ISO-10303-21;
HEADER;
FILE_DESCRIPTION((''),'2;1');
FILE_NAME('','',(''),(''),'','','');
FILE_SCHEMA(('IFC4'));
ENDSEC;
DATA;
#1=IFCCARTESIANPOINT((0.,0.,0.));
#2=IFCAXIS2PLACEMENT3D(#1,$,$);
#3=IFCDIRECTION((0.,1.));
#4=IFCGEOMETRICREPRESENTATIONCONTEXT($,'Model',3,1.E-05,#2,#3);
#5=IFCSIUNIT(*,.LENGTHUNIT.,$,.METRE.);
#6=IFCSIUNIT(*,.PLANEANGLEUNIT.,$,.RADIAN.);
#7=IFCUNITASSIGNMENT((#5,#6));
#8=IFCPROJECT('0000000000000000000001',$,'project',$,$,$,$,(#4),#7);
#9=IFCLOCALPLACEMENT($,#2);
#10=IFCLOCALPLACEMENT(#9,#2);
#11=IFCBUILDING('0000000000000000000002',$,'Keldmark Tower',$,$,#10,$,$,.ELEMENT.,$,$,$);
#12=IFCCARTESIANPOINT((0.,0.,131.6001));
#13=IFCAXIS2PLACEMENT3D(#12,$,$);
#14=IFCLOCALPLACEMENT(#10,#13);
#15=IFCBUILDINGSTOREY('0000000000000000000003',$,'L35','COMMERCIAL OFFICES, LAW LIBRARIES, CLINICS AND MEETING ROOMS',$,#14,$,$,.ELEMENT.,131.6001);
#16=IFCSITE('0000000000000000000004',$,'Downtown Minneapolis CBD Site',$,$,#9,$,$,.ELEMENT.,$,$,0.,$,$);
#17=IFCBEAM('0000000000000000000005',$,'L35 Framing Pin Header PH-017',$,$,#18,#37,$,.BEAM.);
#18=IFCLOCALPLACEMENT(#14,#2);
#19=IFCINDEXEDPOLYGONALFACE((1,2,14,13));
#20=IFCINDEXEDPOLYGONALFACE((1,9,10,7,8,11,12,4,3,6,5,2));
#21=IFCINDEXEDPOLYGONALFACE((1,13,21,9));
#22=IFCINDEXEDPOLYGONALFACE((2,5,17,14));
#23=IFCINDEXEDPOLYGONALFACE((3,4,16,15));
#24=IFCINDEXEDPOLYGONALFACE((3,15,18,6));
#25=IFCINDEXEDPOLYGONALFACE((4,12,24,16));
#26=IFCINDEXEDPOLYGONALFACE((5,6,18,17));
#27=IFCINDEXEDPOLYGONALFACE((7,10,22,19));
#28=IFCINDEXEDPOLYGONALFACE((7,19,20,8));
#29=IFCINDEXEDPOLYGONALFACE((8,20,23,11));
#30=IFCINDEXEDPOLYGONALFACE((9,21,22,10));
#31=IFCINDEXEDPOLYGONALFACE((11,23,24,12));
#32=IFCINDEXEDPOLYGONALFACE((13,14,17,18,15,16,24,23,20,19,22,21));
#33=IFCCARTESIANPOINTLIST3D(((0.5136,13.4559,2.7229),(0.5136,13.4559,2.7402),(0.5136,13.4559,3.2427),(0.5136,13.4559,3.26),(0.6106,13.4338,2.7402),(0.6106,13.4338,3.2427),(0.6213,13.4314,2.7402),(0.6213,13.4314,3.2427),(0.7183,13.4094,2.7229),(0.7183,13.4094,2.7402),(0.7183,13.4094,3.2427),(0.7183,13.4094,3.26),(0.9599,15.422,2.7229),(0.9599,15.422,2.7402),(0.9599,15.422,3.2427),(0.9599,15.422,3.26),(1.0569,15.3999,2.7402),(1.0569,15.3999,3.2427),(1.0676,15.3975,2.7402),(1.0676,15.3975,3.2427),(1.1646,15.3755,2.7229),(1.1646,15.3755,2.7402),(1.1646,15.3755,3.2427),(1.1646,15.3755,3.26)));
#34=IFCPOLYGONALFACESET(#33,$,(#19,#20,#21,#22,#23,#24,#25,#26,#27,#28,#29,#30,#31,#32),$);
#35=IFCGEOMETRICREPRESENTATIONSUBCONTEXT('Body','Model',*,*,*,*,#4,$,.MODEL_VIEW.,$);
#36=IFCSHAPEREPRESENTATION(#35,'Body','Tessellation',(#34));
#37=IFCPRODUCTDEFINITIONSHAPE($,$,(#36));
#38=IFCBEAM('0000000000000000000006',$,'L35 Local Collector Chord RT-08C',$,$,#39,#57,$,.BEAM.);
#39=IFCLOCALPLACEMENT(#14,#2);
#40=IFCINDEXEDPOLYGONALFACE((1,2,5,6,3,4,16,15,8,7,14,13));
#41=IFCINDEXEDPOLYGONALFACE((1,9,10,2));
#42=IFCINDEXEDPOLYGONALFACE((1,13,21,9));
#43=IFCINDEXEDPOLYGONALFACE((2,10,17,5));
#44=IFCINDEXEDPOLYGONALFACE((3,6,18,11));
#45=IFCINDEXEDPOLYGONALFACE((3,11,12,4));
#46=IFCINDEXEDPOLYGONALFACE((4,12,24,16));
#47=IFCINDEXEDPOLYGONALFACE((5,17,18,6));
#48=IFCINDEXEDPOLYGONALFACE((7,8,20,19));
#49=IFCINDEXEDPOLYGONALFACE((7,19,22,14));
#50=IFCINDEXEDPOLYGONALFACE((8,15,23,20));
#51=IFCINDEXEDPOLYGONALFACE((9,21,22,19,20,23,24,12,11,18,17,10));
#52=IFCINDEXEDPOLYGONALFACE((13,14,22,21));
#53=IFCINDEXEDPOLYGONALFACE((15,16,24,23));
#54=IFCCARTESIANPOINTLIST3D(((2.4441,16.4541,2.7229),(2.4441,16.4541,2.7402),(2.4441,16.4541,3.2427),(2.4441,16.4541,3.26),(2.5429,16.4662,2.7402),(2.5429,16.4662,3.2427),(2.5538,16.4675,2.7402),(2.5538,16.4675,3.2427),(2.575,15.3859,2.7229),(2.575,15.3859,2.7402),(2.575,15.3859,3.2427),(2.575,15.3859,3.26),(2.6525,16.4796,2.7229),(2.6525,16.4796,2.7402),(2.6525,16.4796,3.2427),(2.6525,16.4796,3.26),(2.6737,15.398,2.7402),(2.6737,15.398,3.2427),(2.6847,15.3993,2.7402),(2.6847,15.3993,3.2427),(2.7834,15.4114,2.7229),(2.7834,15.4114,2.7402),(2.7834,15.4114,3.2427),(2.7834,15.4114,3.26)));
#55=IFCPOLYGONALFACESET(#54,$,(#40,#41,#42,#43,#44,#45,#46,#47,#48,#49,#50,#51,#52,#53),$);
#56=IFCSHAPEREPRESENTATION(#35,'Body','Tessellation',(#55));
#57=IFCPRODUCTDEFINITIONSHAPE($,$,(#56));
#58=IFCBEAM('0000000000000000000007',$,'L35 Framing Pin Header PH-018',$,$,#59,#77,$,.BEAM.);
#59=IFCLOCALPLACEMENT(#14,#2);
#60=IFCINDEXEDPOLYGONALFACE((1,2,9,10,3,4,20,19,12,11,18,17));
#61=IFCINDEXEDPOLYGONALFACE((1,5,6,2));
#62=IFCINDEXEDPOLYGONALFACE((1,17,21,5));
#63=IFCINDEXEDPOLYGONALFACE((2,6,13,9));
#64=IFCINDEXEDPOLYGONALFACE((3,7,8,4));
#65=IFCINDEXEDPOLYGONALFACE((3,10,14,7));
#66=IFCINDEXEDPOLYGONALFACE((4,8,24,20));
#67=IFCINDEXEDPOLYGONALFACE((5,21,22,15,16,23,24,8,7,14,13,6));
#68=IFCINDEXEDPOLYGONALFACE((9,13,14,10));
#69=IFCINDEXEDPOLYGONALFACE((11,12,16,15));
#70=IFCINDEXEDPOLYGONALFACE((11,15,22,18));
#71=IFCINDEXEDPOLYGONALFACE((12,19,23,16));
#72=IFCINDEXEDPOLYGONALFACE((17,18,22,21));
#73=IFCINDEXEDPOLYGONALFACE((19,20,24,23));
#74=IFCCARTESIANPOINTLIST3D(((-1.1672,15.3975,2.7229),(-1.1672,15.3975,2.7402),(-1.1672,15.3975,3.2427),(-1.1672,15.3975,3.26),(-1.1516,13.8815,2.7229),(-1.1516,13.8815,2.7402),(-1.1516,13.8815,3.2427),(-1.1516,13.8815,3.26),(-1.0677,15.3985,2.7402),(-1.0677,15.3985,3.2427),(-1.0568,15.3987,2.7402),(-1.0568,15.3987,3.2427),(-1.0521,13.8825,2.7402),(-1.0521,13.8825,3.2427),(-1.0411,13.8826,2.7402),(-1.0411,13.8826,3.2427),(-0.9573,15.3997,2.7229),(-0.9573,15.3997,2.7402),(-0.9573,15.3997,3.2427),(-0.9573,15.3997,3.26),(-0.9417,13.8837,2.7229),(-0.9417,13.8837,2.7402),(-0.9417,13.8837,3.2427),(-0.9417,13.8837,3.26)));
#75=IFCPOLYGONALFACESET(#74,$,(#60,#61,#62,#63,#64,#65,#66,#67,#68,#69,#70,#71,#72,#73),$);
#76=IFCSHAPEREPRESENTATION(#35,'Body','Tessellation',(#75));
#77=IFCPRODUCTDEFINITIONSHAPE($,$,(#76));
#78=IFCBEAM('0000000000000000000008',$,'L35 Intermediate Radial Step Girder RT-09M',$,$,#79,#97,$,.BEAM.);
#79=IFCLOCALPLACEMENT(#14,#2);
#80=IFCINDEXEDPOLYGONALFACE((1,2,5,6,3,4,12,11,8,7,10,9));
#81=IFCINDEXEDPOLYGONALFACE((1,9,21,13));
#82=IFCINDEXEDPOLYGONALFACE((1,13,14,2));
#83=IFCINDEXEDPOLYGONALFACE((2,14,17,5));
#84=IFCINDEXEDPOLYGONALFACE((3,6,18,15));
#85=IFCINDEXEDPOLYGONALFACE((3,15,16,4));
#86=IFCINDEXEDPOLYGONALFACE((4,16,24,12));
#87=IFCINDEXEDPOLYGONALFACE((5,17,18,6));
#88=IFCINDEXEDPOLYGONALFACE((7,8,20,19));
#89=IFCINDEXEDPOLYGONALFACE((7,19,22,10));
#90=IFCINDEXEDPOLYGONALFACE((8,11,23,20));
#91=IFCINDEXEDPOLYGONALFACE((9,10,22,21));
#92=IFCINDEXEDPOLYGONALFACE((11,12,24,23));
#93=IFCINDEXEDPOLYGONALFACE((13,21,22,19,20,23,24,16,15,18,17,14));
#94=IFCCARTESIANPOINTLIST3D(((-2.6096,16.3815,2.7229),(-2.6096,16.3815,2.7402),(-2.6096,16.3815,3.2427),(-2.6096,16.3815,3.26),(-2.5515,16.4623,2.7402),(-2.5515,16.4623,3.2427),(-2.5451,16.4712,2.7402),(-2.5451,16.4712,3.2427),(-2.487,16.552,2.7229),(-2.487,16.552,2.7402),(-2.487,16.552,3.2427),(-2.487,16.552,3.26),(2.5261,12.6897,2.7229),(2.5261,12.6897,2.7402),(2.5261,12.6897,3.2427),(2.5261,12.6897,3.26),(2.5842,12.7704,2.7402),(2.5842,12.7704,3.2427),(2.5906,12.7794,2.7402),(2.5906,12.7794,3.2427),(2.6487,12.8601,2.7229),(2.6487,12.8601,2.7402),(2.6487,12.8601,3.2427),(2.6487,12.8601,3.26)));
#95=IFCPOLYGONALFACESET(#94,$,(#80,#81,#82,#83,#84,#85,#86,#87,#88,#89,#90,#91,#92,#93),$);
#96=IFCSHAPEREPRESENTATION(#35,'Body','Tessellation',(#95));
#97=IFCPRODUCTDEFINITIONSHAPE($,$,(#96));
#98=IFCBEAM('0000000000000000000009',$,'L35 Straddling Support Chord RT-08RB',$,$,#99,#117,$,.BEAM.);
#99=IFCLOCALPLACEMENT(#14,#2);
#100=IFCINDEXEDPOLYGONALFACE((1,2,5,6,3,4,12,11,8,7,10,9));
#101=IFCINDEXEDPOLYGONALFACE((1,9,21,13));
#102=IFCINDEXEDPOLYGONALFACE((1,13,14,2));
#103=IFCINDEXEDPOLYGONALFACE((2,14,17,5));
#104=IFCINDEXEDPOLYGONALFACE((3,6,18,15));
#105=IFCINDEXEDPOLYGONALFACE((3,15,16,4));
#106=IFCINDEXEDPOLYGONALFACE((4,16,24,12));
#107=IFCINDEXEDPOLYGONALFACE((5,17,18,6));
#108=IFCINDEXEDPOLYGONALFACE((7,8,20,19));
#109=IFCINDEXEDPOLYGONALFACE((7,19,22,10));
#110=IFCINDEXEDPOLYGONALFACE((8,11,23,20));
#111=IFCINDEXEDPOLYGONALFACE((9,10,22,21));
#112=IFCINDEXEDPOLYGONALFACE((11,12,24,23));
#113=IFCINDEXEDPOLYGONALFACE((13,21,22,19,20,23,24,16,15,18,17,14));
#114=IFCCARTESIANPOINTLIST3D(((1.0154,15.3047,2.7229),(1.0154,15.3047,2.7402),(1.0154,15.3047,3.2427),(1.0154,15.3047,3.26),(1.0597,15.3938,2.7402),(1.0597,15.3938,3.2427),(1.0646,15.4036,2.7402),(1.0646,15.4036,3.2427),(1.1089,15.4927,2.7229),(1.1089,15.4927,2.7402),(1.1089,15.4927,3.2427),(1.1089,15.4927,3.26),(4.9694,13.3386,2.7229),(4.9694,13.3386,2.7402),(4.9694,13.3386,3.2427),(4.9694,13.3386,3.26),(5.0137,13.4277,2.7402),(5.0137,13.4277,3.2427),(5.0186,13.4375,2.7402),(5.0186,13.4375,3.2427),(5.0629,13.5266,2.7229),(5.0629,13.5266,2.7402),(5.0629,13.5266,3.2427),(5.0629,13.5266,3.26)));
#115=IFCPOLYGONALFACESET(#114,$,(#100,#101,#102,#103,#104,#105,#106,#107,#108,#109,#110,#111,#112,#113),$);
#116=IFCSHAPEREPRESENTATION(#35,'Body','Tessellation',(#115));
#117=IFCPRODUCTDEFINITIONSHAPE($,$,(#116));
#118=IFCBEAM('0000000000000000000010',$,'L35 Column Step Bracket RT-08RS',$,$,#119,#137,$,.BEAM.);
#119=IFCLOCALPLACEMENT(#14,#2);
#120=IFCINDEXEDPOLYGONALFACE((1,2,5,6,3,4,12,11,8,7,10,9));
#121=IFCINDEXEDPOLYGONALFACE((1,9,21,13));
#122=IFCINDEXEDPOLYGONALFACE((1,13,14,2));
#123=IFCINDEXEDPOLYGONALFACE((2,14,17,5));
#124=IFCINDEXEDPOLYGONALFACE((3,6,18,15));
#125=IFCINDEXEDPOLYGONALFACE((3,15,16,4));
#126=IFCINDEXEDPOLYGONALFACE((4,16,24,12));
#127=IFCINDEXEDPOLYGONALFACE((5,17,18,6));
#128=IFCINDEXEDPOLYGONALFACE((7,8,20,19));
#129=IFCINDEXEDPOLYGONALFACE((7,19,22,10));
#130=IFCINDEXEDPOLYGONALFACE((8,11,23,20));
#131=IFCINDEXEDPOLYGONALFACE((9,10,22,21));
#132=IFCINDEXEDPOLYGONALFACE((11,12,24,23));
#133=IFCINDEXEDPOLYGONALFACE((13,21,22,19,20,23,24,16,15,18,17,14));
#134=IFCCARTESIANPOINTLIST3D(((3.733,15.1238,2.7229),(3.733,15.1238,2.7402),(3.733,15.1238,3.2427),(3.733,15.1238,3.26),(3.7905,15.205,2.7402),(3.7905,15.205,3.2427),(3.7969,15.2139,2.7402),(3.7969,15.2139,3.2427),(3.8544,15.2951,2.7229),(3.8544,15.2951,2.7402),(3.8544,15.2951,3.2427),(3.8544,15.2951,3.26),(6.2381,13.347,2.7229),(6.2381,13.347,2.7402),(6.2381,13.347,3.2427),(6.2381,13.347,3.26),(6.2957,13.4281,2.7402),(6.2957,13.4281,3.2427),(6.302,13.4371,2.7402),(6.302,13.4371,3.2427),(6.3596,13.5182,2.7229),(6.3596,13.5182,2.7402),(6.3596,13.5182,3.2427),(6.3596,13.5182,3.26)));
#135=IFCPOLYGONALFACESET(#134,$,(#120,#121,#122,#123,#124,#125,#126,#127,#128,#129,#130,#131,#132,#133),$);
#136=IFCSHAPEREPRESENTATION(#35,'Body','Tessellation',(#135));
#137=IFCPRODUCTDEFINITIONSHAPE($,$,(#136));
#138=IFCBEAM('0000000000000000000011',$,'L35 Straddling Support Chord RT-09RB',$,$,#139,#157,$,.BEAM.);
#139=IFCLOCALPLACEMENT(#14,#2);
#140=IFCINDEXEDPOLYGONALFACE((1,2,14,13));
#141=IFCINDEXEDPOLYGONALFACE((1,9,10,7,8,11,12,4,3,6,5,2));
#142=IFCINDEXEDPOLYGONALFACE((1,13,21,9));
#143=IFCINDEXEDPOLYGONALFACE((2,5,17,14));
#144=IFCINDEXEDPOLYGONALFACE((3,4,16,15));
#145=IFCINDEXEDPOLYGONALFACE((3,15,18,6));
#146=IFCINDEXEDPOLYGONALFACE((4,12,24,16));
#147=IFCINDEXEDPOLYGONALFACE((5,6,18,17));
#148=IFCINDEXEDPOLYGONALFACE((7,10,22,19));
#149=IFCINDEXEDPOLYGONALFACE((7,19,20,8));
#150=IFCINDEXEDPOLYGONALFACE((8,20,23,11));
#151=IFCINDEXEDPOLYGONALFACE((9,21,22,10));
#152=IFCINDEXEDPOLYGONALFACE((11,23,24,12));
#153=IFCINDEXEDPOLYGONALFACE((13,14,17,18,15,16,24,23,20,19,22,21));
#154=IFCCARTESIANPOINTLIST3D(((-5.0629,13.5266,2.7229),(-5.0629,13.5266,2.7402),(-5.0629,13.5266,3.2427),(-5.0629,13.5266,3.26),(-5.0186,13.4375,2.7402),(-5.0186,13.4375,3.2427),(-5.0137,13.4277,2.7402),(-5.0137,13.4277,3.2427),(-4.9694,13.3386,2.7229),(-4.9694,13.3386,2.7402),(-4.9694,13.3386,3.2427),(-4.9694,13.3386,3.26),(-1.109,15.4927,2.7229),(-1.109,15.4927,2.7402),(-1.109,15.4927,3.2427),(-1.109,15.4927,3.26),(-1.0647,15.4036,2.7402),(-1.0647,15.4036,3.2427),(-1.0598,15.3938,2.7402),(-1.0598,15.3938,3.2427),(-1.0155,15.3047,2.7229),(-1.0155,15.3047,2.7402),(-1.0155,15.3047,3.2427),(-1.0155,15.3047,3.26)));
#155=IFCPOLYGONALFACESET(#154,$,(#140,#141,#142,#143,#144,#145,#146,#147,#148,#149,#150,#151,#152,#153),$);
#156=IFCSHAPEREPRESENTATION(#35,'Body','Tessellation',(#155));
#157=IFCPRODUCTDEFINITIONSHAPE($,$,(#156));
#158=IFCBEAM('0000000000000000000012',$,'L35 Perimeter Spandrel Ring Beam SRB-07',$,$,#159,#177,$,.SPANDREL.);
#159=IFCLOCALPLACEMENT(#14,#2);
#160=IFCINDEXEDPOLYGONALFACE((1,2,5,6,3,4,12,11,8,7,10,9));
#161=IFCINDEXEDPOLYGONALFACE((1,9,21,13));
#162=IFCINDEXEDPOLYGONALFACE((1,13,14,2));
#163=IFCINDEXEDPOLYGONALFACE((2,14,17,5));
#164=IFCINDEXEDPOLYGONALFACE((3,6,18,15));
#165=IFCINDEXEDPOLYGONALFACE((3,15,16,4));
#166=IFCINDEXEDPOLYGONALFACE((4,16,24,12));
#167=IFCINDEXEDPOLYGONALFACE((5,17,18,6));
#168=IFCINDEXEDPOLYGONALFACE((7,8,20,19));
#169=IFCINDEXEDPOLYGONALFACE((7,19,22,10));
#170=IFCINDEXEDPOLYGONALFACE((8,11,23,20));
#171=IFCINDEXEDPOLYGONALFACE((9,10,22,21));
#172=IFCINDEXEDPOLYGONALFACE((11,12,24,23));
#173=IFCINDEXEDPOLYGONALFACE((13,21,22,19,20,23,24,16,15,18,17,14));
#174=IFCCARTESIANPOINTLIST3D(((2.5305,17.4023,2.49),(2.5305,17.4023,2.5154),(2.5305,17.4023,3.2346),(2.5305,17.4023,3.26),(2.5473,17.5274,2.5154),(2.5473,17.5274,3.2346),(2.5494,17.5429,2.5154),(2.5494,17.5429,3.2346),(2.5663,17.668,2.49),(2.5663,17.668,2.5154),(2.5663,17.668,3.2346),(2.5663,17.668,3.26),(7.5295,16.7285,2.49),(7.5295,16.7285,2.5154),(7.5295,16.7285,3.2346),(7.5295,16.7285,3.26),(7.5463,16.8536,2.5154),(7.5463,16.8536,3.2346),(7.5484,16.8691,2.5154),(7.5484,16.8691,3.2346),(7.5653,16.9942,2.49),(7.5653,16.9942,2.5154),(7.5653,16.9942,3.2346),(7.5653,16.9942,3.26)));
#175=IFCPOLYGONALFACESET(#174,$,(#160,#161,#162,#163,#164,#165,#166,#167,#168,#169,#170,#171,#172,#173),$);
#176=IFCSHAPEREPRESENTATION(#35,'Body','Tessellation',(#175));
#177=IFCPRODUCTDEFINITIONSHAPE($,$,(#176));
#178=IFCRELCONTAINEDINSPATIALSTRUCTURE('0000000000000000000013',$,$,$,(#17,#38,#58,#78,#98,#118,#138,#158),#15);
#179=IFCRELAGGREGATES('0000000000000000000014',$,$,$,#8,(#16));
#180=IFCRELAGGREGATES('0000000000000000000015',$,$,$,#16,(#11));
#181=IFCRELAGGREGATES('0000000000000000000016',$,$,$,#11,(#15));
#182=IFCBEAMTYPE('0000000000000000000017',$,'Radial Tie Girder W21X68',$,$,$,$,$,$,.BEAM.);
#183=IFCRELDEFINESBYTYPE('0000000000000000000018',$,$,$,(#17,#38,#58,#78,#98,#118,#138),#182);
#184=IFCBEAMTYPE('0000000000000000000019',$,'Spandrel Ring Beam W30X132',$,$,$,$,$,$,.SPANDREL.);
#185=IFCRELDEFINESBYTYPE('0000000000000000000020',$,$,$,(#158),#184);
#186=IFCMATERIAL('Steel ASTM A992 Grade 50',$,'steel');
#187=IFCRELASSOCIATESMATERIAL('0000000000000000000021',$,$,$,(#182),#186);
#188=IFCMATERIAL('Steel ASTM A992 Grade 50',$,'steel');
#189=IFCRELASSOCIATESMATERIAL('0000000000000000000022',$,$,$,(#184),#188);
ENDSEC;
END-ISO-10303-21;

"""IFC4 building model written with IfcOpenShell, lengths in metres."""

from ifc_helpers import new_model, si_unit, direction, frame, origin, origin_2d, place, context, subcontext, project, spatial, i_section, extrude, material, material_profile, profile_set, type_object, element, save


model = new_model("IFC4")

# Units and contexts
model_context = context("Model", 3, precision=1e-05, world=origin(), true_north=direction((0.0, 1.0)))
body_context = subcontext(model_context, "Body", "Model", "MODEL_VIEW")
ifc_project = project(units=[si_unit("LENGTHUNIT", "METRE"), si_unit("PLANEANGLEUNIT", "RADIAN")], contexts=[model_context])

# Site, building, storey
site_placement = place(None, origin())
site = spatial("IfcSite", under=ifc_project, at=site_placement, Name="Downtown Minneapolis CBD Site", CompositionType="ELEMENT", RefElevation=0.0)
building_placement = place(site_placement, origin())
building = spatial("IfcBuilding", under=site, at=building_placement, Name="Keldmark Tower", CompositionType="ELEMENT")
storey_placement = place(building_placement, frame((0.0, 0.0, 131.6001)))
storey = spatial("IfcBuildingStorey", under=building, at=storey_placement, Name="L35", Description="COMMERCIAL OFFICES, LAW LIBRARIES, CLINICS AND MEETING ROOMS", CompositionType="ELEMENT", Elevation=131.6001)

# Beams
ifc_material_1 = material(Name="Steel ASTM A992 Grade 50", Category="steel")
ifc_material_profile_1 = material_profile(ifc_material_1, i_section(OverallWidth=0.21, OverallDepth=0.5371, WebThickness=0.011, FlangeThickness=0.0173, at=origin_2d()), Name="W21X68")
ifc_profile_set_1 = profile_set([ifc_material_profile_1], Name="Steel ASTM A992 Grade 50")
beam_type_1 = type_object("IfcBeamType", Name="Radial Tie Girder W21X68", PredefinedType="BEAM", material=ifc_profile_set_1)
beam_1_placement = place(storey_placement, frame((0.616, 13.4326, 2.9915), z_axis=(0.221365, 0.975191, 0.0), x_axis=(-0.975191, 0.221365, 0.0)))
element("IfcBeam", 1, at=beam_1_placement, inside=storey, type_object=beam_type_1, Name="L35 Framing Pin Header PH-017", PredefinedType="BEAM", context=body_context, shape_type="SweptSolid", body=[
    extrude(i_section(OverallWidth=0.21, OverallDepth=0.5371, WebThickness=0.011, FlangeThickness=0.0173, at=origin_2d()), origin(), (0.0, 0.0, 1.0), 2.0161),
])
beam_2_placement = place(storey_placement, frame((2.6792, 15.3987, 2.9915), z_axis=(-0.121605, 0.992579, 0.0), x_axis=(-0.992579, -0.121605, 0.0)))
element("IfcBeam", 2, at=beam_2_placement, inside=storey, type_object=beam_type_1, Name="L35 Local Collector Chord RT-08C", PredefinedType="BEAM", context=body_context, shape_type="SweptSolid", body=[
    extrude(i_section(OverallWidth=0.21, OverallDepth=0.5371, WebThickness=0.011, FlangeThickness=0.0173, at=origin_2d()), origin(), (0.0, 0.0, 1.0), 1.0762),
])
beam_3_placement = place(storey_placement, frame((-1.0466, 13.8826, 2.9915), z_axis=(-0.010305, 0.999947, 0.0), x_axis=(-0.999947, -0.010305, 0.0)))
element("IfcBeam", 3, at=beam_3_placement, inside=storey, type_object=beam_type_1, Name="L35 Framing Pin Header PH-018", PredefinedType="BEAM", context=body_context, shape_type="SweptSolid", body=[
    extrude(i_section(OverallWidth=0.21, OverallDepth=0.5371, WebThickness=0.011, FlangeThickness=0.0173, at=origin_2d()), origin(), (0.0, 0.0, 1.0), 1.5161),
])
beam_4_placement = place(storey_placement, frame((2.5874, 12.7749, 2.9915), z_axis=(-0.811972, 0.583696, 0.0), x_axis=(-0.583696, -0.811972, 0.0)))
element("IfcBeam", 4, at=beam_4_placement, inside=storey, type_object=beam_type_1, Name="L35 Intermediate Radial Step Girder RT-09M", PredefinedType="BEAM", context=body_context, shape_type="SweptSolid", body=[
    extrude(i_section(OverallWidth=0.21, OverallDepth=0.5371, WebThickness=0.011, FlangeThickness=0.0173, at=origin_2d()), origin(), (0.0, 0.0, 1.0), 6.325),
])
beam_5_placement = place(storey_placement, frame((5.0161, 13.4326, 2.9915), z_axis=(-0.895409, 0.445244, 0.0), x_axis=(-0.445244, -0.895409, 0.0)))
element("IfcBeam", 5, at=beam_5_placement, inside=storey, type_object=beam_type_1, Name="L35 Straddling Support Chord RT-08RB", PredefinedType="BEAM", context=body_context, shape_type="SweptSolid", body=[
    extrude(i_section(OverallWidth=0.21, OverallDepth=0.5371, WebThickness=0.011, FlangeThickness=0.0173, at=origin_2d()), origin(), (0.0, 0.0, 1.0), 4.4158),
])
beam_6_placement = place(storey_placement, frame((6.2988, 13.4326, 2.9915), z_axis=(-0.815657, 0.578536, 0.0), x_axis=(-0.578536, -0.815657, 0.0)))
element("IfcBeam", 6, at=beam_6_placement, inside=storey, type_object=beam_type_1, Name="L35 Column Step Bracket RT-08RS", PredefinedType="BEAM", context=body_context, shape_type="SweptSolid", body=[
    extrude(i_section(OverallWidth=0.21, OverallDepth=0.5371, WebThickness=0.011, FlangeThickness=0.0173, at=origin_2d()), origin(), (0.0, 0.0, 1.0), 3.0713),
])
beam_7_placement = place(storey_placement, frame((-1.0623, 15.3987, 2.9915), z_axis=(-0.895409, -0.445244, 0.0), x_axis=(0.445244, -0.895409, 0.0)))
element("IfcBeam", 7, at=beam_7_placement, inside=storey, type_object=beam_type_1, Name="L35 Straddling Support Chord RT-09RB", PredefinedType="BEAM", context=body_context, shape_type="SweptSolid", body=[
    extrude(i_section(OverallWidth=0.21, OverallDepth=0.5371, WebThickness=0.011, FlangeThickness=0.0173, at=origin_2d()), origin(), (0.0, 0.0, 1.0), 4.4158),
])
ifc_material_2 = material(Name="Steel ASTM A992 Grade 50", Category="steel")
ifc_material_profile_2 = material_profile(ifc_material_2, i_section(OverallWidth=0.2681, OverallDepth=0.77, WebThickness=0.0156, FlangeThickness=0.0254, at=origin_2d()), Name="W30X132")
ifc_profile_set_2 = profile_set([ifc_material_profile_2], Name="Steel ASTM A992 Grade 50")
beam_type_2 = type_object("IfcBeamType", Name="Spandrel Ring Beam W30X132", PredefinedType="SPANDREL", material=ifc_profile_set_2)
beam_8_placement = place(storey_placement, frame((7.5474, 16.8613, 2.875), z_axis=(-0.991038, 0.133584, 0.0), x_axis=(-0.133584, -0.991038, 0.0)))
element("IfcBeam", 8, at=beam_8_placement, inside=storey, type_object=beam_type_2, Name="L35 Perimeter Spandrel Ring Beam SRB-07", PredefinedType="SPANDREL", context=body_context, shape_type="SweptSolid", body=[
    extrude(i_section(OverallWidth=0.2681, OverallDepth=0.77, WebThickness=0.0156, FlangeThickness=0.0254, at=origin_2d()), origin(), (0.0, 0.0, 1.0), 5.0442),
])

save(model, "model.ifc")
